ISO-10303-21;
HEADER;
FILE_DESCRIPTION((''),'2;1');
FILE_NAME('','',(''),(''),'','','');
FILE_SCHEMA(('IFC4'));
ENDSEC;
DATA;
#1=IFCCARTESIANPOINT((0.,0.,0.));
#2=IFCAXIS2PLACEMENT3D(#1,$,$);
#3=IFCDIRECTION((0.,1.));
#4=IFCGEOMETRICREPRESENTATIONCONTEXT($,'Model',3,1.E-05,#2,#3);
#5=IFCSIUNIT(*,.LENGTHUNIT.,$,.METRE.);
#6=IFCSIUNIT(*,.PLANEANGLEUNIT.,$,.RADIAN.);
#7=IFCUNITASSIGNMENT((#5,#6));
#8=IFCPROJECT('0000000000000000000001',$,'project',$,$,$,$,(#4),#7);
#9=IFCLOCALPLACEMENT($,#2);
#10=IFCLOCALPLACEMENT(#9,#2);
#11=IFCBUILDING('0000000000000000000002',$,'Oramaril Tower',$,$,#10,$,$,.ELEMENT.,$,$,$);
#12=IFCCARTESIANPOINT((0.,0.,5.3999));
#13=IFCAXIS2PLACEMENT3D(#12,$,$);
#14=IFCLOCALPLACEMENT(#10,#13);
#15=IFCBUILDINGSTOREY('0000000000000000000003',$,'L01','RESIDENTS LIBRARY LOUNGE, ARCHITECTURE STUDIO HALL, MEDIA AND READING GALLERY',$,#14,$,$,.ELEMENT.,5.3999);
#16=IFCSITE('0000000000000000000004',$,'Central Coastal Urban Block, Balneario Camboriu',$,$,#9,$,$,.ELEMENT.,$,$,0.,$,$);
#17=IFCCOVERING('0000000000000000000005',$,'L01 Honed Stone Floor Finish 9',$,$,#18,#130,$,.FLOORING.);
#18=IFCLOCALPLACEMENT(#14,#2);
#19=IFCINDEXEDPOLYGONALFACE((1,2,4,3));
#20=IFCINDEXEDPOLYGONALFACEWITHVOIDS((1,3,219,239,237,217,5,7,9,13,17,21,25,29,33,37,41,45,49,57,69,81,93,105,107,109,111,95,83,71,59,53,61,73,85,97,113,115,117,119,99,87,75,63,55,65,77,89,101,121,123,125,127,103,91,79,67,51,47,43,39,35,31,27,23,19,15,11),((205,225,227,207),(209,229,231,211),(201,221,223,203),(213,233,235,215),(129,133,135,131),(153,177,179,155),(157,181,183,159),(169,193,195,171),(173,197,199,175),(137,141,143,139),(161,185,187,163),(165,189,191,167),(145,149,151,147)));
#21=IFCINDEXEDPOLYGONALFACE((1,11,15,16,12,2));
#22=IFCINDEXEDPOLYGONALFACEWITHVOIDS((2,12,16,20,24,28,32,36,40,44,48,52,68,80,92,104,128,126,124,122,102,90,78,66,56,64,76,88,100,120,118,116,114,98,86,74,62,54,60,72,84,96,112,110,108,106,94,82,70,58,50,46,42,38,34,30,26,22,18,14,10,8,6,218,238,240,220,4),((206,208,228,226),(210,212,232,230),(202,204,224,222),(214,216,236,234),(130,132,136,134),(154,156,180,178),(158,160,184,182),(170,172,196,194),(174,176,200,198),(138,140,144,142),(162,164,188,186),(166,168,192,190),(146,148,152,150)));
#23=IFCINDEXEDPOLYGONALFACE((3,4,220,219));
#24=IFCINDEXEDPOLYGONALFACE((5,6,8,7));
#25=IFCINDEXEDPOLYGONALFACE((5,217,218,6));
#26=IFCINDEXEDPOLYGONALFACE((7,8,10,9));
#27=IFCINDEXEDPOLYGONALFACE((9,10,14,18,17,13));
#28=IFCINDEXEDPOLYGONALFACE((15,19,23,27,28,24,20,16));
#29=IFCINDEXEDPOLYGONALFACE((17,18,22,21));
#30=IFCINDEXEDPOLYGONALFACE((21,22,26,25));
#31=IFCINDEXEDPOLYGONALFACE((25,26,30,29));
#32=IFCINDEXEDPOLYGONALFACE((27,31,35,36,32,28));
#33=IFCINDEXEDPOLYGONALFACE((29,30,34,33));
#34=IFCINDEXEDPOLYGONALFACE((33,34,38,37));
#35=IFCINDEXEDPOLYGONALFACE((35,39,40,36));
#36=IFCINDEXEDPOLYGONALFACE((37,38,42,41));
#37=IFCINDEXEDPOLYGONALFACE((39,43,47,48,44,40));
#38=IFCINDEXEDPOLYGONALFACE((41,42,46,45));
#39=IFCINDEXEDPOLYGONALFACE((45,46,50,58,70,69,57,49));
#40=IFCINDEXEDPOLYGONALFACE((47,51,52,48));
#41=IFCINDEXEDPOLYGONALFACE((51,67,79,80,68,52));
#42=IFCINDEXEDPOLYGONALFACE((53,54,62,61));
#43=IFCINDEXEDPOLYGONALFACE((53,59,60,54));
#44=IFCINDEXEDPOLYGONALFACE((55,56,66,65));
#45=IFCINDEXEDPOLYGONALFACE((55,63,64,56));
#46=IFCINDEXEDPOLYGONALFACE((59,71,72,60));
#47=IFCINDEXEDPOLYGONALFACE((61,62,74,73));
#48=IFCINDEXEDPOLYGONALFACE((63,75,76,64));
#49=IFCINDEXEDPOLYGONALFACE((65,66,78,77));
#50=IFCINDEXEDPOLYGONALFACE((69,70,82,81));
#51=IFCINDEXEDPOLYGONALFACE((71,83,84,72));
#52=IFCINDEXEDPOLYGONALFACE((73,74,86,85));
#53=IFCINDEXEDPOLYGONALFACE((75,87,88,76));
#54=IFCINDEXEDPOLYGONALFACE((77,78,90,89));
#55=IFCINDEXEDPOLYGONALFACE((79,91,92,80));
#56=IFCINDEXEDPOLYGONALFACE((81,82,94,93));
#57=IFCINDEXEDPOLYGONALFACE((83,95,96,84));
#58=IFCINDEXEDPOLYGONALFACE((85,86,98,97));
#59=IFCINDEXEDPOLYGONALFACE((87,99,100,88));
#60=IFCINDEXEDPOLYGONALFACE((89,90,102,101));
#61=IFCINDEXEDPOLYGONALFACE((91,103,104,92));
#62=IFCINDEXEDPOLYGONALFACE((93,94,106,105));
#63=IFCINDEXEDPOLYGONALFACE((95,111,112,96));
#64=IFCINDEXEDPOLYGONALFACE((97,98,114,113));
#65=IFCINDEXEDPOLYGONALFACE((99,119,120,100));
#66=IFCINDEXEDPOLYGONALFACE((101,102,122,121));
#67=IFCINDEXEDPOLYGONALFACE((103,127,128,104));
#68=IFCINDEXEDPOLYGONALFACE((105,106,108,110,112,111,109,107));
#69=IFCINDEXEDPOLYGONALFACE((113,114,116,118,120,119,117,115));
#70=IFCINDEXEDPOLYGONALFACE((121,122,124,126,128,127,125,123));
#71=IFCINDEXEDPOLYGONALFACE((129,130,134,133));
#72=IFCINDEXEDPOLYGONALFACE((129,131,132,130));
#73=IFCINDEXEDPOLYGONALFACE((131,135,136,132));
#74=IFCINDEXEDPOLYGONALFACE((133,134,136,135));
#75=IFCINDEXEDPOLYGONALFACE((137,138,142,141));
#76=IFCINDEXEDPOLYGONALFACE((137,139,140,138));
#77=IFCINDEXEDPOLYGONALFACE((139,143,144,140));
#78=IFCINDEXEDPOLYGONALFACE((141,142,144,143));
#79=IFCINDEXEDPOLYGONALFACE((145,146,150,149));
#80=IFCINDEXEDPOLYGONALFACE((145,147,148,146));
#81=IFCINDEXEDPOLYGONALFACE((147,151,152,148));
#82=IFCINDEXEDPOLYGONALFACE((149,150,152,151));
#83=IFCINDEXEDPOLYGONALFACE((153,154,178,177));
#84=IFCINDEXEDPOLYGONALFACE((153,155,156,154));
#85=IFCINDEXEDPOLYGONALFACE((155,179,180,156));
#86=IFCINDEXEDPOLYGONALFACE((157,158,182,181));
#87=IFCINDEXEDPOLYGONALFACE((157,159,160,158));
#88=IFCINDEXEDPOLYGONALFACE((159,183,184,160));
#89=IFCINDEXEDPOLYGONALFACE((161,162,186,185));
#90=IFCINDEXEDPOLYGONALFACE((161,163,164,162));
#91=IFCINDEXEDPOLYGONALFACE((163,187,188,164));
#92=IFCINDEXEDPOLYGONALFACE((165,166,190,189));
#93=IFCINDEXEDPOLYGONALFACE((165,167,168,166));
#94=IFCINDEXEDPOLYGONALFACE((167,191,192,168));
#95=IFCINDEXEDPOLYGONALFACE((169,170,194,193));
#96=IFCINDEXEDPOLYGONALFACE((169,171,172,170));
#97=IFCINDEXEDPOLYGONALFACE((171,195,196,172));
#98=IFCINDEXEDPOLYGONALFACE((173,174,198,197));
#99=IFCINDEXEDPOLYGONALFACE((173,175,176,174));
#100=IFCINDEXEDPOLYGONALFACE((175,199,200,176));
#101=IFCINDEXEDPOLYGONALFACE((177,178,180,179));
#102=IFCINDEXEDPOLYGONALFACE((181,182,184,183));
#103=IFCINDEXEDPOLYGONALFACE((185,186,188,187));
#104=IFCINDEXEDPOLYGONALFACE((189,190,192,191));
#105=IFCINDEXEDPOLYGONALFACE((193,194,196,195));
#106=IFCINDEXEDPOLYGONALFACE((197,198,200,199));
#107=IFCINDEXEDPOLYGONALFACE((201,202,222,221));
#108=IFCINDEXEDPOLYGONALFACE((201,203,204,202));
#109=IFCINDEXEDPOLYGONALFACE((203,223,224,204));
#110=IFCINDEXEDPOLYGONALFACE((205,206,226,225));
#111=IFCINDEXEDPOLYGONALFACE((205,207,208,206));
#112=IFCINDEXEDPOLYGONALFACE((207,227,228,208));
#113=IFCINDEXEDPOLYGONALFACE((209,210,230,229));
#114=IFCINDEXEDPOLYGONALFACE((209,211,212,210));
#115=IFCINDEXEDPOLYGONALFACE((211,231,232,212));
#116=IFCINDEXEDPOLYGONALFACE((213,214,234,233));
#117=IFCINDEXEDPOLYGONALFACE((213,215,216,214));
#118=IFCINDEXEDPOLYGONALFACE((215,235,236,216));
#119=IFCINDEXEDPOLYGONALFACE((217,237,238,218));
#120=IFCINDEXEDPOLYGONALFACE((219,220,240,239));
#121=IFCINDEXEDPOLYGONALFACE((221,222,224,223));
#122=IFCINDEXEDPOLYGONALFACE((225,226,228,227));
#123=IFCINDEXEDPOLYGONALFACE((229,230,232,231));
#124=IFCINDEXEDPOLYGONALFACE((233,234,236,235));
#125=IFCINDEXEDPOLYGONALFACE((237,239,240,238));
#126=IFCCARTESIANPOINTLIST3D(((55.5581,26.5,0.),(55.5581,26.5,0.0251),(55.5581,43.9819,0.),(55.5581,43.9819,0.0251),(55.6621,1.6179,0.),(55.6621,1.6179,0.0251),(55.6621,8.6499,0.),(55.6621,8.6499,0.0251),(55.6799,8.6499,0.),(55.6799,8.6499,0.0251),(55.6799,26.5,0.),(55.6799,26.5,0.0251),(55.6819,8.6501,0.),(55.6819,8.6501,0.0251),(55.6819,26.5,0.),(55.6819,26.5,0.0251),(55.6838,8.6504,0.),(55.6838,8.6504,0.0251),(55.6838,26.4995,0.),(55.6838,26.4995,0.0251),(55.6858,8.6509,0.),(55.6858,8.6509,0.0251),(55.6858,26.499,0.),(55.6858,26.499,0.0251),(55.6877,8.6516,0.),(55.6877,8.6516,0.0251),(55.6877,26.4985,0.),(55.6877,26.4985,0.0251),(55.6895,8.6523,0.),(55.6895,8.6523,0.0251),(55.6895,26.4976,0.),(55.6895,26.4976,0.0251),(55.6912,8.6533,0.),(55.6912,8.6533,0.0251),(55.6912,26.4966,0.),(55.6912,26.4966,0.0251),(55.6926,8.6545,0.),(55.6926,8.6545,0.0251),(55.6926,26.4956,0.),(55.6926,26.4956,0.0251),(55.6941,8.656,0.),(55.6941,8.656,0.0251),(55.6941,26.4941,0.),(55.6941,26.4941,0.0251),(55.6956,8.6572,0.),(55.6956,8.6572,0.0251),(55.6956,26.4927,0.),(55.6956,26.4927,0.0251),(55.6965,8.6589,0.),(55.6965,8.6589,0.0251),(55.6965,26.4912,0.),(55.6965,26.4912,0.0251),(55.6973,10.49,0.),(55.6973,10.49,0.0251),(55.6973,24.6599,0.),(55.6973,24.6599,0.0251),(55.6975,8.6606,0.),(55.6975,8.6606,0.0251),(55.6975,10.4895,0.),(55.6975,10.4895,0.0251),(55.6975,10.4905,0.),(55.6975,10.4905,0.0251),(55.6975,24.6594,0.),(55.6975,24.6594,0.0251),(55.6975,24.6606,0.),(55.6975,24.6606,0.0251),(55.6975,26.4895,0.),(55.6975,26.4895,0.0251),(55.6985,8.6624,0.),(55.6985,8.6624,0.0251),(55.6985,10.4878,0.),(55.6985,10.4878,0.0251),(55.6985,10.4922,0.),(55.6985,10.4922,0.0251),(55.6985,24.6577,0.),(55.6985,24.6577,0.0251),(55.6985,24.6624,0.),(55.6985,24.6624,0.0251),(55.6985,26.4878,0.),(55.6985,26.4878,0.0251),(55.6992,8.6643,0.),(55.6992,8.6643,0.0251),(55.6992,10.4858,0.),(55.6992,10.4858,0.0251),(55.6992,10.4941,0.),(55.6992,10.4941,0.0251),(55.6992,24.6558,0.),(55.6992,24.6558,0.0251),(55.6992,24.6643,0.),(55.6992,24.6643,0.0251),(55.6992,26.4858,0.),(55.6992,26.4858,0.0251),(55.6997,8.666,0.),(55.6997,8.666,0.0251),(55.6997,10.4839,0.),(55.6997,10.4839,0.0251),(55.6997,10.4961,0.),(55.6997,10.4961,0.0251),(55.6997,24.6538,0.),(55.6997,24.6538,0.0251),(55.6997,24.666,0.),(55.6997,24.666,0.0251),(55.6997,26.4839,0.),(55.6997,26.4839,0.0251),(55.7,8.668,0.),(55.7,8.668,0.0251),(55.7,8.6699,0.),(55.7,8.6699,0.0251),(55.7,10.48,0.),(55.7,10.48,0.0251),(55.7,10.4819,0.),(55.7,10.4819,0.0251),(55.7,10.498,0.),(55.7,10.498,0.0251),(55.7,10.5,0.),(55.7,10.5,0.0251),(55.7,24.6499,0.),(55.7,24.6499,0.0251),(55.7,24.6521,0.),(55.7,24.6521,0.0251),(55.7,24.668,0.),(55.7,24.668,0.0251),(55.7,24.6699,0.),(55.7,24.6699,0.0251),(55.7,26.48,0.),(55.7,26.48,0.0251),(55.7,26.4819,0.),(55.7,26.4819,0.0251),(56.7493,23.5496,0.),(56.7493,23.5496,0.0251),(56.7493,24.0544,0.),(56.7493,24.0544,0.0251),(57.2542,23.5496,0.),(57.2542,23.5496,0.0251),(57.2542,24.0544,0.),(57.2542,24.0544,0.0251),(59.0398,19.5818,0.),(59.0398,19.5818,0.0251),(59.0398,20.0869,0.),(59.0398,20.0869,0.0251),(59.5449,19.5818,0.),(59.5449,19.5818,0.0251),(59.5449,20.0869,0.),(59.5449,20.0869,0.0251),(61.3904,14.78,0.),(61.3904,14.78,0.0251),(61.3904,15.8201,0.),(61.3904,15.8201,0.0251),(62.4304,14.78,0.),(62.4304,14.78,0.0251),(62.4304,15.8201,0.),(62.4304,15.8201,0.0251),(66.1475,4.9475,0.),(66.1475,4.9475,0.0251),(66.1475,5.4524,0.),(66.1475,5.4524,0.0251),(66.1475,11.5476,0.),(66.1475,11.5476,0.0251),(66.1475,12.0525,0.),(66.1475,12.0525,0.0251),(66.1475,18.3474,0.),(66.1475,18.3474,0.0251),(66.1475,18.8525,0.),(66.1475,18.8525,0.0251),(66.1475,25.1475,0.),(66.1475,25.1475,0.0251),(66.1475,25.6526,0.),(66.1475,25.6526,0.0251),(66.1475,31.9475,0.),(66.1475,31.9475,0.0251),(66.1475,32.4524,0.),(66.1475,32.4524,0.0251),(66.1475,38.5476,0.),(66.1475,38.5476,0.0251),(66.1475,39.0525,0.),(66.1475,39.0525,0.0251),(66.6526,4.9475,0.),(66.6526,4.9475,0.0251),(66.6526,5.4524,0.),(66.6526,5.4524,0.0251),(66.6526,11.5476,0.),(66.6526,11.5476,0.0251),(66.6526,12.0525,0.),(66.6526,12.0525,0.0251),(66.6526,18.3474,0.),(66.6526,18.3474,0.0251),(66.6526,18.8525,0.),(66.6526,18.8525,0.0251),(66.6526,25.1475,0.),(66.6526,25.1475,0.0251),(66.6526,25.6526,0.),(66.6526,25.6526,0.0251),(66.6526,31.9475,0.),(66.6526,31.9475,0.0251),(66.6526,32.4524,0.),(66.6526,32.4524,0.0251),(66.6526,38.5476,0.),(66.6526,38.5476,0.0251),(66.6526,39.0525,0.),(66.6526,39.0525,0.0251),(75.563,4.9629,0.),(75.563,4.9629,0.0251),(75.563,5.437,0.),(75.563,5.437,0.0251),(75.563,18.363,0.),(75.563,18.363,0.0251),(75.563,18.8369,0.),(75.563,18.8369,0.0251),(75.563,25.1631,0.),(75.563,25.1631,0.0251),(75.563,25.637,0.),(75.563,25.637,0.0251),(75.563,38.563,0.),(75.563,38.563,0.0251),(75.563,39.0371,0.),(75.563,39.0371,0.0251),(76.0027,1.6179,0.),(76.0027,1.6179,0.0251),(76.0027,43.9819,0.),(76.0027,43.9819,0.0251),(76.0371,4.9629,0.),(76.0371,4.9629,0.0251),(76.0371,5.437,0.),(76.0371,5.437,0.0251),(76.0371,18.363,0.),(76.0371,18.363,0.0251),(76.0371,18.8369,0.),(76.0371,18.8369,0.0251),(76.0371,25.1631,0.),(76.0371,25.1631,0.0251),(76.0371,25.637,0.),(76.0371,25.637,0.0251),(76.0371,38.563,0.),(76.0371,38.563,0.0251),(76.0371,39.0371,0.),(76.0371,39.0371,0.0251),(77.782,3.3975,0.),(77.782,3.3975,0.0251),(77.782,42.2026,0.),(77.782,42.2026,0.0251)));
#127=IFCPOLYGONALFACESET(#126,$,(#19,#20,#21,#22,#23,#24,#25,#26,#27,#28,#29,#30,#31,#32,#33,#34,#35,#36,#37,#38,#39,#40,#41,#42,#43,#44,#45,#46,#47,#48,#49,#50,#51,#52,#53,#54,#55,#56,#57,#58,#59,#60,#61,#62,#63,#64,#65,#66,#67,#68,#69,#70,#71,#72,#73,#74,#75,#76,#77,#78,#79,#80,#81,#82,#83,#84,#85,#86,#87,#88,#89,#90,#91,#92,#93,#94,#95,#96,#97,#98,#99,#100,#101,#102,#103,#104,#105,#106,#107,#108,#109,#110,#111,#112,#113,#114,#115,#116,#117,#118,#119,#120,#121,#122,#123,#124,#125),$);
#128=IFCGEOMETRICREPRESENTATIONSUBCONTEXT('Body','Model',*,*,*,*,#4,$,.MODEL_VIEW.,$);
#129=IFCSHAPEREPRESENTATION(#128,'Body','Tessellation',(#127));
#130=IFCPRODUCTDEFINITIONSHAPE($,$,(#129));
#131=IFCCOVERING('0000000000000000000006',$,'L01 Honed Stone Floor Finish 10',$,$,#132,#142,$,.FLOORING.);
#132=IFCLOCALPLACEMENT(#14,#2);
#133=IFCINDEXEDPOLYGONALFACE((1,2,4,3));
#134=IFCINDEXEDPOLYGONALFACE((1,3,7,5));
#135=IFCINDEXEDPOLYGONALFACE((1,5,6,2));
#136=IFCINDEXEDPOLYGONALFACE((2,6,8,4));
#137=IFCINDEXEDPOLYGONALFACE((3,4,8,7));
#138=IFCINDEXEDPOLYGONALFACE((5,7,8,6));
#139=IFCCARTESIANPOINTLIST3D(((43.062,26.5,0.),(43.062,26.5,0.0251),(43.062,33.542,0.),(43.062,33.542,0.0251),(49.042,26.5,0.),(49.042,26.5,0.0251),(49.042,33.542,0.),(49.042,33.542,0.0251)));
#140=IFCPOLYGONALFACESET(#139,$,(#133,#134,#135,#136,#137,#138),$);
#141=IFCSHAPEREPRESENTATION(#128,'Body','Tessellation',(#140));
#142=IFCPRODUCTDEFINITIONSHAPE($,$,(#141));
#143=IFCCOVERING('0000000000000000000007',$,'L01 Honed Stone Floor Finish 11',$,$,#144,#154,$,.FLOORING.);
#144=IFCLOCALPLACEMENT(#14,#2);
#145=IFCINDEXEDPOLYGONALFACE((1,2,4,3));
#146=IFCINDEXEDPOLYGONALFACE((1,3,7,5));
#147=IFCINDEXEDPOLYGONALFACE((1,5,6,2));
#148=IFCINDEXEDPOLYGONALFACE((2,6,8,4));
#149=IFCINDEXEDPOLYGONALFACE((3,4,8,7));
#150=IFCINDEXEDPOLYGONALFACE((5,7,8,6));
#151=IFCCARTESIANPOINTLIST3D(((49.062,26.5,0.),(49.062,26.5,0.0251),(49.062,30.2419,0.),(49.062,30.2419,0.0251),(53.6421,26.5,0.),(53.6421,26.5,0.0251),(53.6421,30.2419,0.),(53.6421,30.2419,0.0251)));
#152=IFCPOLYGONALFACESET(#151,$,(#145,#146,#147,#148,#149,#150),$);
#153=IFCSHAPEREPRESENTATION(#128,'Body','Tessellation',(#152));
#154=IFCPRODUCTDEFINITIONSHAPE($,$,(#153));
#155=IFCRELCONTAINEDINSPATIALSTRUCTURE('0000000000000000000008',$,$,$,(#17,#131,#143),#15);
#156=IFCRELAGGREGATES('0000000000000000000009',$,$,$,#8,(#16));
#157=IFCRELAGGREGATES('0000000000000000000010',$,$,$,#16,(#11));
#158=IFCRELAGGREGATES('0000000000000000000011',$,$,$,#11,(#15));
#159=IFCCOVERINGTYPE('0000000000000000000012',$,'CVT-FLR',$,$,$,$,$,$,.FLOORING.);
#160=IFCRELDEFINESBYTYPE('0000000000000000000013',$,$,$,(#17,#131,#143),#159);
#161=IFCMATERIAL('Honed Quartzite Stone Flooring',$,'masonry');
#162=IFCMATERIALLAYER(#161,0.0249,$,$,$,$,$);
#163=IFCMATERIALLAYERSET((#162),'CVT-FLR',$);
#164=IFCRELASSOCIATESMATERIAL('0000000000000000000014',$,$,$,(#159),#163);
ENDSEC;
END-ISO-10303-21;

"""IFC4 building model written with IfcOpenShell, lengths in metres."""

from ifc_helpers import new_model, si_unit, direction, frame, origin, place, context, subcontext, project, spatial, polyline, outline, extrude, material, layer, layer_set, type_object, element, save


model = new_model("IFC4")

# Units and contexts
model_context = context("Model", 3, precision=1e-05, world=origin(), true_north=direction((0.0, 1.0)))
body_context = subcontext(model_context, "Body", "Model", "MODEL_VIEW")
ifc_project = project(units=[si_unit("LENGTHUNIT", "METRE"), si_unit("PLANEANGLEUNIT", "RADIAN")], contexts=[model_context])

# Site, building, storey
site_placement = place(None, origin())
site = spatial("IfcSite", under=ifc_project, at=site_placement, Name="Central Coastal Urban Block, Balneario Camboriu", CompositionType="ELEMENT", RefElevation=0.0)
building_placement = place(site_placement, origin())
building = spatial("IfcBuilding", under=site, at=building_placement, Name="Oramaril Tower", CompositionType="ELEMENT")
storey_placement = place(building_placement, frame((0.0, 0.0, 5.3999)))
storey = spatial("IfcBuildingStorey", under=building, at=storey_placement, Name="L01", Description="RESIDENTS LIBRARY LOUNGE, ARCHITECTURE STUDIO HALL, MEDIA AND READING GALLERY", CompositionType="ELEMENT", Elevation=5.3999)

# Coverings
ifc_material_1 = material(Name="Honed Quartzite Stone Flooring", Category="masonry")
ifc_layer_1 = layer(ifc_material_1, 0.0249)
ifc_layer_set_1 = layer_set([ifc_layer_1], Name="CVT-FLR")
covering_type_1 = type_object("IfcCoveringType", Name="CVT-FLR", PredefinedType="FLOORING", material=ifc_layer_set_1)
covering_1_placement = place(storey_placement, origin())
element("IfcCovering", 1, at=covering_1_placement, inside=storey, type_object=covering_type_1, Name="L01 Honed Stone Floor Finish 9", PredefinedType="FLOORING", context=body_context, shape_type="SweptSolid", body=[
    extrude(outline(polyline([(77.782, 42.2026), (77.782, 3.3975), (76.0027, 1.6179), (55.6621, 1.6179), (55.6621, 8.6499), (55.6799, 8.6499), (55.6819, 8.6501), (55.6838, 8.6504), (55.6858, 8.6509), (55.6877, 8.6516), (55.6895, 8.6523), (55.6912, 8.6533), (55.6926, 8.6545), (55.6941, 8.656), (55.6956, 8.6572), (55.6965, 8.6589), (55.6975, 8.6606), (55.6985, 8.6624), (55.6992, 8.6643), (55.6997, 8.666), (55.7, 8.668), (55.7, 8.6699), (55.7, 10.48), (55.7, 10.4819), (55.6997, 10.4839), (55.6992, 10.4858), (55.6985, 10.4878), (55.6975, 10.4895), (55.6973, 10.49), (55.6975, 10.4905), (55.6985, 10.4922), (55.6992, 10.4941), (55.6997, 10.4961), (55.7, 10.498), (55.7, 10.5), (55.7, 24.6499), (55.7, 24.6521), (55.6997, 24.6538), (55.6992, 24.6558), (55.6985, 24.6577), (55.6975, 24.6594), (55.6973, 24.6599), (55.6975, 24.6606), (55.6985, 24.6624), (55.6992, 24.6643), (55.6997, 24.666), (55.7, 24.668), (55.7, 24.6699), (55.7, 26.48), (55.7, 26.4819), (55.6997, 26.4839), (55.6992, 26.4858), (55.6985, 26.4878), (55.6975, 26.4895), (55.6965, 26.4912), (55.6956, 26.4927), (55.6941, 26.4941), (55.6926, 26.4956), (55.6912, 26.4966), (55.6895, 26.4976), (55.6877, 26.4985), (55.6858, 26.499), (55.6838, 26.4995), (55.6819, 26.5), (55.6799, 26.5), (55.5581, 26.5), (55.5581, 43.9819), (76.0027, 43.9819), (77.782, 42.2026)]), holes=[polyline([(66.6526, 4.9475), (66.6526, 5.4524), (66.1475, 5.4524), (66.1475, 4.9475), (66.6526, 4.9475)]), polyline([(76.0371, 5.437), (75.563, 5.437), (75.563, 4.9629), (76.0371, 4.9629), (76.0371, 5.437)]), polyline([(66.6526, 11.5476), (66.6526, 12.0525), (66.1475, 12.0525), (66.1475, 11.5476), (66.6526, 11.5476)]), polyline([(62.4304, 14.78), (62.4304, 15.8201), (61.3904, 15.8201), (61.3904, 14.78), (62.4304, 14.78)]), polyline([(66.6526, 18.3474), (66.6526, 18.8525), (66.1475, 18.8525), (66.1475, 18.3474), (66.6526, 18.3474)]), polyline([(76.0371, 18.363), (76.0371, 18.8369), (75.563, 18.8369), (75.563, 18.363), (76.0371, 18.363)]), polyline([(59.5449, 20.0869), (59.0398, 20.0869), (59.0398, 19.5818), (59.5449, 19.5818), (59.5449, 20.0869)]), polyline([(57.2542, 23.5496), (57.2542, 24.0544), (56.7493, 24.0544), (56.7493, 23.5496), (57.2542, 23.5496)]), polyline([(66.6526, 25.1475), (66.6526, 25.6526), (66.1475, 25.6526), (66.1475, 25.1475), (66.6526, 25.1475)]), polyline([(76.0371, 25.1631), (76.0371, 25.637), (75.563, 25.637), (75.563, 25.1631), (76.0371, 25.1631)]), polyline([(66.6526, 31.9475), (66.6526, 32.4524), (66.1475, 32.4524), (66.1475, 31.9475), (66.6526, 31.9475)]), polyline([(66.6526, 38.5476), (66.6526, 39.0525), (66.1475, 39.0525), (66.1475, 38.5476), (66.6526, 38.5476)]), polyline([(76.0371, 38.563), (76.0371, 39.0371), (75.563, 39.0371), (75.563, 38.563), (76.0371, 38.563)])]), origin(), (0.0, 0.0, 1.0), 0.0251),
])
covering_2_placement = place(storey_placement, origin())
element("IfcCovering", 2, at=covering_2_placement, inside=storey, type_object=covering_type_1, Name="L01 Honed Stone Floor Finish 10", PredefinedType="FLOORING", context=body_context, shape_type="SweptSolid", body=[
    extrude(outline(polyline([(49.042, 26.5), (43.062, 26.5), (43.062, 33.542), (49.042, 33.542), (49.042, 26.5)])), origin(), (0.0, 0.0, 1.0), 0.0251),
])
covering_3_placement = place(storey_placement, origin())
element("IfcCovering", 3, at=covering_3_placement, inside=storey, type_object=covering_type_1, Name="L01 Honed Stone Floor Finish 11", PredefinedType="FLOORING", context=body_context, shape_type="SweptSolid", body=[
    extrude(outline(polyline([(53.6421, 30.2419), (53.6421, 26.5), (49.062, 26.5), (49.062, 30.2419), (53.6421, 30.2419)])), origin(), (0.0, 0.0, 1.0), 0.0251),
])

save(model, "model.ifc")
